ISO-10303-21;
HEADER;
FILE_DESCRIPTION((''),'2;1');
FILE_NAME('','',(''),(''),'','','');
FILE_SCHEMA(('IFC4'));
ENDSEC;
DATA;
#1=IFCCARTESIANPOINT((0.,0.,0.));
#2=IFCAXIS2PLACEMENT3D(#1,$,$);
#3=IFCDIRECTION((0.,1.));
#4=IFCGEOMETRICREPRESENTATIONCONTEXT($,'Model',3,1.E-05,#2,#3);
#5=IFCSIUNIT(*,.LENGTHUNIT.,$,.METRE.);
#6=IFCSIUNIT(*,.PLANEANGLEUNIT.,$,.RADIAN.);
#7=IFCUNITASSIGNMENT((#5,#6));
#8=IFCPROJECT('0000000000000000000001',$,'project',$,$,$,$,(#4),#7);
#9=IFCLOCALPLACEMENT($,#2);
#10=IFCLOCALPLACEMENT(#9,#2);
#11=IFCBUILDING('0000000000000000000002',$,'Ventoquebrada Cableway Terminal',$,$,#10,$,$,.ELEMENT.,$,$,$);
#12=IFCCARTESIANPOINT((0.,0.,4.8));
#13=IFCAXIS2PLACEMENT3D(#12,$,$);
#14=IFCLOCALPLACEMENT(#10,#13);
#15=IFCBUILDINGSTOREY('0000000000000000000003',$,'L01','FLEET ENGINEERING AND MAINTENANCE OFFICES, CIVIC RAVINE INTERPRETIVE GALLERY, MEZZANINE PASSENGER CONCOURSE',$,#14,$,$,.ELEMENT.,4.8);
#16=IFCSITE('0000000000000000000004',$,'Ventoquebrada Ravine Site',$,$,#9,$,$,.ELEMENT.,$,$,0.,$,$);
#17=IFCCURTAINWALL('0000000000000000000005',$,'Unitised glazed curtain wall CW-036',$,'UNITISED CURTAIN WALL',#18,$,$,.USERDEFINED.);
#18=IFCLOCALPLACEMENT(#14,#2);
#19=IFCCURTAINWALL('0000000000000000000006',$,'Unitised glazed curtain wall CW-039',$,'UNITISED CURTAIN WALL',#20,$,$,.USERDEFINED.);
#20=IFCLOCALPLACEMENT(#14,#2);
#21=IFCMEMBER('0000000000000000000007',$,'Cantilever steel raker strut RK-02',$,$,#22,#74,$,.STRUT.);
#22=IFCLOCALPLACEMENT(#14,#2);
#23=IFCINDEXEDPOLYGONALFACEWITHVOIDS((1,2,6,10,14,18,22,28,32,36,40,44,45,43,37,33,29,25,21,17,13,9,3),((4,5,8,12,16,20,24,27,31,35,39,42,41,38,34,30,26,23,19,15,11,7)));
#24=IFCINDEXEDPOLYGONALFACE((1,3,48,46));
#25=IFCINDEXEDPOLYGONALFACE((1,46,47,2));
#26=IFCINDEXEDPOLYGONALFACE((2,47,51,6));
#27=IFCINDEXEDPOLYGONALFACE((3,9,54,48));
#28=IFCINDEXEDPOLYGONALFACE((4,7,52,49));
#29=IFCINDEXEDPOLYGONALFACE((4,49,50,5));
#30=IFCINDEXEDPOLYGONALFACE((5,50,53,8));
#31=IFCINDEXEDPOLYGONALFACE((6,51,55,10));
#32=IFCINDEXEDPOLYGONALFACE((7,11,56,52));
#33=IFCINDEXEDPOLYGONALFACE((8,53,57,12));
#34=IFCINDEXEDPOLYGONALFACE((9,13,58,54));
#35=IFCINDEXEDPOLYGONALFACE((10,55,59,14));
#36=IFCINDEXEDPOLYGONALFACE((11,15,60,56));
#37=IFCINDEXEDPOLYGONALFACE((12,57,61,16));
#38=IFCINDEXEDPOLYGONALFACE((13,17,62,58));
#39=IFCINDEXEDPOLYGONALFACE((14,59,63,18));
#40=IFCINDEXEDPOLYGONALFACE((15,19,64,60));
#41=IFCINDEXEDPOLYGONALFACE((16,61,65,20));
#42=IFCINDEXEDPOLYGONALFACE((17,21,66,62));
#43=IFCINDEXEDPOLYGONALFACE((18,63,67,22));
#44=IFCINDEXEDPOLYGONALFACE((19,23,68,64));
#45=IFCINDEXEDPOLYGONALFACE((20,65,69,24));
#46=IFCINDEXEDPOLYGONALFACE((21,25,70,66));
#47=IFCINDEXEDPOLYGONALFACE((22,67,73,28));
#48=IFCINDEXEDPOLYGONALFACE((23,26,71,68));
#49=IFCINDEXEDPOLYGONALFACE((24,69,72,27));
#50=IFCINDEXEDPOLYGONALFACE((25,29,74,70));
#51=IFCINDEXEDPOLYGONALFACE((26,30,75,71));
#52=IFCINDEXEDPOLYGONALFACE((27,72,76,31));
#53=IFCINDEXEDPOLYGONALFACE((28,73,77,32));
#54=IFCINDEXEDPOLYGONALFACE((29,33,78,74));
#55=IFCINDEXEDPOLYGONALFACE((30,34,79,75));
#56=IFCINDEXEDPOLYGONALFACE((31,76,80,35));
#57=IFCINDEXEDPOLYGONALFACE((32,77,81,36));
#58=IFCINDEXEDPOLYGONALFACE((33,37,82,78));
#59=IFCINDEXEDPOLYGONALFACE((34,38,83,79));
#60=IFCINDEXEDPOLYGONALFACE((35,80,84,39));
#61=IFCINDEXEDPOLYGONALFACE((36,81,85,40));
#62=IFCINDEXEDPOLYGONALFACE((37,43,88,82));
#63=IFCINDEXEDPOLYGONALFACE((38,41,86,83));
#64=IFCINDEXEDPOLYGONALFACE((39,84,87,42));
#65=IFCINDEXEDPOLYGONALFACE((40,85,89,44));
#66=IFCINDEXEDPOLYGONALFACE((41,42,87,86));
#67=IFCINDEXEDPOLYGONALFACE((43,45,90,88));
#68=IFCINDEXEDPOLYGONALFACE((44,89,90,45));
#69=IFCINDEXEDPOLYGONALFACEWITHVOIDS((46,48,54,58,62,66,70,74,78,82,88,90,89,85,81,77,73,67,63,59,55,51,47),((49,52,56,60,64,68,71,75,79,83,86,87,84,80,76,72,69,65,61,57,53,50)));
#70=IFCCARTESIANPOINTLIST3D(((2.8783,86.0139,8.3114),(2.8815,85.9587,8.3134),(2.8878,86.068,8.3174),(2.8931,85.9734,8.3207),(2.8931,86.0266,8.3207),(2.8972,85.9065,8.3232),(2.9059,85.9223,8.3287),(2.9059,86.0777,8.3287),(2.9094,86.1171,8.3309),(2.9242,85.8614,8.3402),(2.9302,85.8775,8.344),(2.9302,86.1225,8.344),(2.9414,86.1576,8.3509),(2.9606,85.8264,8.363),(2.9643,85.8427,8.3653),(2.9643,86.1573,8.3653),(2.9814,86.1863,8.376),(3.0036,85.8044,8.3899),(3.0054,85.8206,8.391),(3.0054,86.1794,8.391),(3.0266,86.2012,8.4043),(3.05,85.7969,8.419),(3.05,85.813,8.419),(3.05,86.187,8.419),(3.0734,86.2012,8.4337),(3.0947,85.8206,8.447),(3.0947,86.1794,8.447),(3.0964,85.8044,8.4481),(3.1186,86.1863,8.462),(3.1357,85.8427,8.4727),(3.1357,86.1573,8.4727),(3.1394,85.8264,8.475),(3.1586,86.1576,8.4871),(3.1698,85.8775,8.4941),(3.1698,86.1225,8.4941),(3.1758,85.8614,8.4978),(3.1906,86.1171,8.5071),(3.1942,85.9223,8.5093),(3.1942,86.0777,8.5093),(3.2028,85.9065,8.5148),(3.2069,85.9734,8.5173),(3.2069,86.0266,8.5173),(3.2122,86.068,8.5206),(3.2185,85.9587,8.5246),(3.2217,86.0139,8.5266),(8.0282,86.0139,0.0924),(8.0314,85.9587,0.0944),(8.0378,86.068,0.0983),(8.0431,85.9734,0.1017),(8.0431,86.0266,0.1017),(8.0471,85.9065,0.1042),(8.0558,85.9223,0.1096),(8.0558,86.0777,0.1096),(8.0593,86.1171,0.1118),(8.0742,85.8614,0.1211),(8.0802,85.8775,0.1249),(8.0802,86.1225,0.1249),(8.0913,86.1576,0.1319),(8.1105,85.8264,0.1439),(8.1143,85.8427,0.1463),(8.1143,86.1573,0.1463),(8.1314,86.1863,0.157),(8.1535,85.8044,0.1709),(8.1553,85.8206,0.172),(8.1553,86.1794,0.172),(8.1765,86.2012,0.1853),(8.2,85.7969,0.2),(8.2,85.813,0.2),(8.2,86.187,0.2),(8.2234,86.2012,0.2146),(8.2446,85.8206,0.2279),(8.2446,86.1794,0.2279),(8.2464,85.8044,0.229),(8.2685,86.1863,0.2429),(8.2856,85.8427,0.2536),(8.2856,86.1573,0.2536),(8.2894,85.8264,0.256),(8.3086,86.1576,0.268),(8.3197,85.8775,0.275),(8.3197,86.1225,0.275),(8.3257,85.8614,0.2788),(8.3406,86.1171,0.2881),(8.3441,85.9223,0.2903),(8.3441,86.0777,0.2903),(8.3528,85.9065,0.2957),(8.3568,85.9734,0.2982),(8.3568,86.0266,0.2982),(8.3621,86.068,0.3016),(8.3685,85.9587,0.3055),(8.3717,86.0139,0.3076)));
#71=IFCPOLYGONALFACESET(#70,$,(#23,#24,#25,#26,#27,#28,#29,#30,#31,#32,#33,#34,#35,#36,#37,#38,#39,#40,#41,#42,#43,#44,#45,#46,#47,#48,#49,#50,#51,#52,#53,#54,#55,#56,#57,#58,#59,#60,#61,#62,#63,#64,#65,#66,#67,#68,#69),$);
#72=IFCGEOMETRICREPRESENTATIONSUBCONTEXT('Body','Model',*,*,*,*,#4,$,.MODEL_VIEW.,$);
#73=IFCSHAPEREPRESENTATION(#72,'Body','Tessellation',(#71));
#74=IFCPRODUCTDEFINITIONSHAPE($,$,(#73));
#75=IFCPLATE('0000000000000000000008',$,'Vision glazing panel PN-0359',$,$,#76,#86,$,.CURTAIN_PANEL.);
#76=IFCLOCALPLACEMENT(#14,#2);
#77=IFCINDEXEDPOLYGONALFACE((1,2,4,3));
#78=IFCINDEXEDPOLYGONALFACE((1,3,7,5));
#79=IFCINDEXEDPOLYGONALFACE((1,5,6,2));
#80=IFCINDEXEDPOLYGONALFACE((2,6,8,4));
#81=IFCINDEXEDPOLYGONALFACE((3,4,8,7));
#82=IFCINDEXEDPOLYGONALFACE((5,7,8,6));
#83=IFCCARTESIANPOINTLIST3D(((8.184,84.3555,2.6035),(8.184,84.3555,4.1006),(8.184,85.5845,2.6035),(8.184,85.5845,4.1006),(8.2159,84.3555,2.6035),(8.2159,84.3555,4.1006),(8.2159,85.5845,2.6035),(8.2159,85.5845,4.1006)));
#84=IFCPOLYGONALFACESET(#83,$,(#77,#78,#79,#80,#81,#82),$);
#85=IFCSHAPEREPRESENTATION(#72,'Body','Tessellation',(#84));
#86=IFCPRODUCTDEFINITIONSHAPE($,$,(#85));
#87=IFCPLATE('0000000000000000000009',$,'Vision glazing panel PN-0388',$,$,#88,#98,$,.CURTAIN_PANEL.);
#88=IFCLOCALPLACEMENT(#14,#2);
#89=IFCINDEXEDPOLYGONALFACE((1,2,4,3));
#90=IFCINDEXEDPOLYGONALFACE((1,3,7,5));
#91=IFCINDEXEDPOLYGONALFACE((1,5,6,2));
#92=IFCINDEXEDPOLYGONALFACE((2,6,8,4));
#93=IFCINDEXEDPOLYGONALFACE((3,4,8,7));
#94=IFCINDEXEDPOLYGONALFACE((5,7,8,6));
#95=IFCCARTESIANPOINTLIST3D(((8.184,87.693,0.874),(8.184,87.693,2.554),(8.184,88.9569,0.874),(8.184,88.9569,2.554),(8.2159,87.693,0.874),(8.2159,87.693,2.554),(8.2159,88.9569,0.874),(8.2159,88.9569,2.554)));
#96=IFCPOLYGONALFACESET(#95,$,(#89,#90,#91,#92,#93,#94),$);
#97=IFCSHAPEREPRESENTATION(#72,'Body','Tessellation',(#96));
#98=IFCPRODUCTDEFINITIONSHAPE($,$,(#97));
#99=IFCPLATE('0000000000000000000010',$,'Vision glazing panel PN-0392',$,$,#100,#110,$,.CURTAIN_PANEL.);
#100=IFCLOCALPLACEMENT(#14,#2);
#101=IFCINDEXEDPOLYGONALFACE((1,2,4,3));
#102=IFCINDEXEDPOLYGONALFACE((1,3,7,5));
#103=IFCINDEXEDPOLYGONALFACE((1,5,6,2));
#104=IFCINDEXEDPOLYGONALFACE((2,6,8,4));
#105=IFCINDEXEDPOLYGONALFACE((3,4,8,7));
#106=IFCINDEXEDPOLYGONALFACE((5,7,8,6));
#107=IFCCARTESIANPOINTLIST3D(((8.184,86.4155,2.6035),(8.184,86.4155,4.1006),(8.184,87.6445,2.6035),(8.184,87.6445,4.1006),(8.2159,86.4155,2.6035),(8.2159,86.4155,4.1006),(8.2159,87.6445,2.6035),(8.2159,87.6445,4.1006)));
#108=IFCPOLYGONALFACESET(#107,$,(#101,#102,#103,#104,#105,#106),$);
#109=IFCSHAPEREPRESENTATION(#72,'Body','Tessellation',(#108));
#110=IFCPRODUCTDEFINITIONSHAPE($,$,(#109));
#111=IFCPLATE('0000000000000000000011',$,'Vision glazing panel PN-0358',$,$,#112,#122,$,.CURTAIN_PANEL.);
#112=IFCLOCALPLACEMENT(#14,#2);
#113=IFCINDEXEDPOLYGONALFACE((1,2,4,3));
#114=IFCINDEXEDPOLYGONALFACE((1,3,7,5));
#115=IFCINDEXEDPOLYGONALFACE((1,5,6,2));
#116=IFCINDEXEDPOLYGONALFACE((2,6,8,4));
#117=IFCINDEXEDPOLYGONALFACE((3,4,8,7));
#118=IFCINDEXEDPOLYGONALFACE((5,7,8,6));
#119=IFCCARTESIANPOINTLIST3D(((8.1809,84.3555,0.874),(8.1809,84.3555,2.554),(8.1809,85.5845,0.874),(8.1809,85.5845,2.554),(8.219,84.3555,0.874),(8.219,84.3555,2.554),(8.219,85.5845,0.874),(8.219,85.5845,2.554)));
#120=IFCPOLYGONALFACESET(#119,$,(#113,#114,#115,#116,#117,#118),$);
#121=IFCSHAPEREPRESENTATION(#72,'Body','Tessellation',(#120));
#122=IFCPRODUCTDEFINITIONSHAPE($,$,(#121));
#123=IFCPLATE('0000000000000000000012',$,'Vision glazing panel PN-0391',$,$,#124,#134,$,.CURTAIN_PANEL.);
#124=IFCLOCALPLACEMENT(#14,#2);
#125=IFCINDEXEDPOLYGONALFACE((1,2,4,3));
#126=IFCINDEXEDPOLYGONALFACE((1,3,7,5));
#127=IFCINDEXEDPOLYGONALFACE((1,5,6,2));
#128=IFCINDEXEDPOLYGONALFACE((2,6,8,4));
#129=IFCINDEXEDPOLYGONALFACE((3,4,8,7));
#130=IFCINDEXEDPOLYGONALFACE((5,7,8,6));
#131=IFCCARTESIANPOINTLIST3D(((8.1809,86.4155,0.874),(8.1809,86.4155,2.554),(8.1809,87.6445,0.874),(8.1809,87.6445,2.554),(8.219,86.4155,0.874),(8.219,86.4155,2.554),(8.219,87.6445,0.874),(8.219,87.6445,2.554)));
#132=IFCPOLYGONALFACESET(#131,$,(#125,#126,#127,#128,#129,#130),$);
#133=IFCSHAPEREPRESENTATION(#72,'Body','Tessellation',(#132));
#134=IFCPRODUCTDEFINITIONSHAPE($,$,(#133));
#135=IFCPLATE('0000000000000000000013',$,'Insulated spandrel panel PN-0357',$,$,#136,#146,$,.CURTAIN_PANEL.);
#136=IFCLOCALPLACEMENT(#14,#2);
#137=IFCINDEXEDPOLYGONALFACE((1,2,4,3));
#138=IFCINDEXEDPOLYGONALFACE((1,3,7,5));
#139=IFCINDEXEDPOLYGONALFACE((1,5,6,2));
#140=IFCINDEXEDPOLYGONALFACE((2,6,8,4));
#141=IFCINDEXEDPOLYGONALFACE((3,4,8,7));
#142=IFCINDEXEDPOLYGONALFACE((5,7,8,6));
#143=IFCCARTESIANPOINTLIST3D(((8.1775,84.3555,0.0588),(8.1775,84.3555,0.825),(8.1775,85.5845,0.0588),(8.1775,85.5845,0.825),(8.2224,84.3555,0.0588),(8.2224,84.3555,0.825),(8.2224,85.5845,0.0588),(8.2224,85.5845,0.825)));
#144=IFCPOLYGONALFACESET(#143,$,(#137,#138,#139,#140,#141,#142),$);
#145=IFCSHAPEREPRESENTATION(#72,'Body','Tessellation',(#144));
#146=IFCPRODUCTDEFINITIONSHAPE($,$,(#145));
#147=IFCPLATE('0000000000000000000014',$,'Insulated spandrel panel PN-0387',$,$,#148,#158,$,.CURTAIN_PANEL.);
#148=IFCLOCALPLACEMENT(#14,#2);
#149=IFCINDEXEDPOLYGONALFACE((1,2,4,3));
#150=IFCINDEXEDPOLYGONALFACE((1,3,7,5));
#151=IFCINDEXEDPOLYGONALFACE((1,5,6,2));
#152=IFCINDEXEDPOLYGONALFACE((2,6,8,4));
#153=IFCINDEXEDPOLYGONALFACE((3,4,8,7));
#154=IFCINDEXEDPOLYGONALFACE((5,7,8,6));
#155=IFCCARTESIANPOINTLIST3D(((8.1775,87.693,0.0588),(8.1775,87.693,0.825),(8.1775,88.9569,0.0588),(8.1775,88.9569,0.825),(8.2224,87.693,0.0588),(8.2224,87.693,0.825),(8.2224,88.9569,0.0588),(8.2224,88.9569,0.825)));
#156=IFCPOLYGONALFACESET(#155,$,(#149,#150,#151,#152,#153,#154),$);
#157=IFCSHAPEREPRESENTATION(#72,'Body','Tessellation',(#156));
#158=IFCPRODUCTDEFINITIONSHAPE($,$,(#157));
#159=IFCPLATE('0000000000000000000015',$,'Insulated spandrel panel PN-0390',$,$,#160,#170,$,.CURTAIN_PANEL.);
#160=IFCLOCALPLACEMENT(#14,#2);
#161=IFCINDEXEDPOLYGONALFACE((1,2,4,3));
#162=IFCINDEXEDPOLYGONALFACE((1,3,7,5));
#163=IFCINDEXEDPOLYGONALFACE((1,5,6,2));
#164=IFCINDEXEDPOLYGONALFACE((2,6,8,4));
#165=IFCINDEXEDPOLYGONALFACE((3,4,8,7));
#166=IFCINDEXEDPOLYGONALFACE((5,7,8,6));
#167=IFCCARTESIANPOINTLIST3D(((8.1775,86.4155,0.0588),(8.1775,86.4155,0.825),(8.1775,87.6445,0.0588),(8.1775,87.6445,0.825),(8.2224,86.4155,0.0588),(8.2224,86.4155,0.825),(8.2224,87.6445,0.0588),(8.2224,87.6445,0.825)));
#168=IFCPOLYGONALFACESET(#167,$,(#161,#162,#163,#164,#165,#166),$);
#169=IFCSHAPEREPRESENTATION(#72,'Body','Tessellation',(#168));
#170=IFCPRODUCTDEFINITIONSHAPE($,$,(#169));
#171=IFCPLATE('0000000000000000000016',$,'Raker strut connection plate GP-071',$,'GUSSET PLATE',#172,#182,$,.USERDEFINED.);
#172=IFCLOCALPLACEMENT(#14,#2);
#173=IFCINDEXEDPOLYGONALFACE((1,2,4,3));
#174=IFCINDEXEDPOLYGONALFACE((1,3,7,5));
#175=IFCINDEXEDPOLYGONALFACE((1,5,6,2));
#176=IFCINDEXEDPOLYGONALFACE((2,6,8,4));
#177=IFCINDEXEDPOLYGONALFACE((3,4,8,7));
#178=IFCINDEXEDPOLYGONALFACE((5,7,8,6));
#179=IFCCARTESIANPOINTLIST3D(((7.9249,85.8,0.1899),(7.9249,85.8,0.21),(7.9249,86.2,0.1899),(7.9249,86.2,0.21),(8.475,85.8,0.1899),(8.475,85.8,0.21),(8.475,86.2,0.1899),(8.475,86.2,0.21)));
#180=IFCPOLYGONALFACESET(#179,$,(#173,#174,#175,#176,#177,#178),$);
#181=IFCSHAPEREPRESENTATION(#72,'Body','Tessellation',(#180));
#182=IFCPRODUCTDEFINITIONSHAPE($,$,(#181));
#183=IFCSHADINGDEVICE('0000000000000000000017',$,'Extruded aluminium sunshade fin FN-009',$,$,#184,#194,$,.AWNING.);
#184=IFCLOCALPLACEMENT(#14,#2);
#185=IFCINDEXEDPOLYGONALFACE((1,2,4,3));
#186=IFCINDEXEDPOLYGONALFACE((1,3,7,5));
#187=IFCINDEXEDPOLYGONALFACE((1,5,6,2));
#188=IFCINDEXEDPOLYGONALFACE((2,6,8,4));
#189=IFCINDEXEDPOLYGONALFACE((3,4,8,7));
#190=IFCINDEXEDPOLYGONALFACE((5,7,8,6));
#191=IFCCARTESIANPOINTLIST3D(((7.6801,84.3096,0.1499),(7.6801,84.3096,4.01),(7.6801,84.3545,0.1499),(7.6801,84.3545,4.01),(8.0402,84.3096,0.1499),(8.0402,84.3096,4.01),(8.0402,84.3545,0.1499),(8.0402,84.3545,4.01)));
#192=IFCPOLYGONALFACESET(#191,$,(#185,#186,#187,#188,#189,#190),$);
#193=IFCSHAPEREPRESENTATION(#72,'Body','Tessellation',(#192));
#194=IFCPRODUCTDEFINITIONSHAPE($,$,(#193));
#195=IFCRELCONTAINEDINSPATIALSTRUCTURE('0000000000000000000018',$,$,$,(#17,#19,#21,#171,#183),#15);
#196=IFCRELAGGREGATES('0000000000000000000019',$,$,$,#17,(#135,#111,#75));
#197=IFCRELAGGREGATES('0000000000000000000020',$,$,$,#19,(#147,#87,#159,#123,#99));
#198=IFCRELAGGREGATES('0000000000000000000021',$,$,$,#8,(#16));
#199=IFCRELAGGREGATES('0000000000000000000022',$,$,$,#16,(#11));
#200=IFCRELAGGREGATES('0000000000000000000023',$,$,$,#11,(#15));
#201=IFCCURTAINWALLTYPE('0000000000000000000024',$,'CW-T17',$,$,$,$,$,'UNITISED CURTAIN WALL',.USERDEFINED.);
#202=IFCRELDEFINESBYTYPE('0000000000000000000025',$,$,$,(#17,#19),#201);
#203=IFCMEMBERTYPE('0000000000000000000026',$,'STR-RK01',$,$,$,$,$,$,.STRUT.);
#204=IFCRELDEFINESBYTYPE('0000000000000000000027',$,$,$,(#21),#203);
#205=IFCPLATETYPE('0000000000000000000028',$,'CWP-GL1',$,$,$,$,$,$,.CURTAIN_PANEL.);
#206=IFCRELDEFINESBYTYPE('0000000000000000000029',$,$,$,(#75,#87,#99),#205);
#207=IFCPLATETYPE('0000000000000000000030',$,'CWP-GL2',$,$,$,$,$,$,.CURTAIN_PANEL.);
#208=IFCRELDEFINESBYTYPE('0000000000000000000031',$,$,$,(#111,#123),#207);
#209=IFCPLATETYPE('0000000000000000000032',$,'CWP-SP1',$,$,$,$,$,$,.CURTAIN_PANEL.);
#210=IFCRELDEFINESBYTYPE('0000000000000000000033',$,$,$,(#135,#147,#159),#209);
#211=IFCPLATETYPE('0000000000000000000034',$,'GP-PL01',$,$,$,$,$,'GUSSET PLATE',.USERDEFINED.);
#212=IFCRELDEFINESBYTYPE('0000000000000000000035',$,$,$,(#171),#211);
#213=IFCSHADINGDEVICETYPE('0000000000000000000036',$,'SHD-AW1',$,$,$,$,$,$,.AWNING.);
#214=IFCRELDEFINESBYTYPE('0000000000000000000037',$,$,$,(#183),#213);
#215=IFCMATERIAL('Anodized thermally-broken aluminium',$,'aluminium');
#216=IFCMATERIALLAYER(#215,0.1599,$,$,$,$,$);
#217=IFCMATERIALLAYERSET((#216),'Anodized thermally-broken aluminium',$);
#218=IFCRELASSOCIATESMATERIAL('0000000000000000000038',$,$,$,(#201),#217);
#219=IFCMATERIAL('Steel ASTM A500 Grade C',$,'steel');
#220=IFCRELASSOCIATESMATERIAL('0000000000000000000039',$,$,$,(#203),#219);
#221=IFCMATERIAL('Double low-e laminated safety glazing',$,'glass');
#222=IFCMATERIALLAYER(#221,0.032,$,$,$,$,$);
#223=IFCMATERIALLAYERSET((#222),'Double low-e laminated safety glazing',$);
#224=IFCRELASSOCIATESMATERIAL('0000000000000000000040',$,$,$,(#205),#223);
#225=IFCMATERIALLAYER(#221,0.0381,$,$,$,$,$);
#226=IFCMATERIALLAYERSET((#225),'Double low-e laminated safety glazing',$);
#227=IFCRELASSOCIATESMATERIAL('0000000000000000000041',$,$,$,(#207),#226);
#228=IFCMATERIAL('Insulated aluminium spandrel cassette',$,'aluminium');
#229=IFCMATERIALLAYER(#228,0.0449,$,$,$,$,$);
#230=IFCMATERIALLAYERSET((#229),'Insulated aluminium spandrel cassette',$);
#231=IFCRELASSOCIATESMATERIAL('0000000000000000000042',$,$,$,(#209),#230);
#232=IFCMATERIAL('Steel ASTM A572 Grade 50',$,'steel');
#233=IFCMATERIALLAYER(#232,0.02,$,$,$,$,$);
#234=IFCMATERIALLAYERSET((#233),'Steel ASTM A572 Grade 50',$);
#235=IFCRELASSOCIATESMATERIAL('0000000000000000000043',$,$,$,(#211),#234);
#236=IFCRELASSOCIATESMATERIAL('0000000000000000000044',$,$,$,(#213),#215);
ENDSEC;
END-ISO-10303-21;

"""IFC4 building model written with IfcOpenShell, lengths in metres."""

from ifc_helpers import new_model, si_unit, direction, frame, origin, origin_2d, place, context, subcontext, project, spatial, rectangle, hollow_circle, extrude, material, layer, layer_set, material_profile, profile_set, type_object, element, aggregate, save


model = new_model("IFC4")

# Units and contexts
model_context = context("Model", 3, precision=1e-05, world=origin(), true_north=direction((0.0, 1.0)))
body_context = subcontext(model_context, "Body", "Model", "MODEL_VIEW")
ifc_project = project(units=[si_unit("LENGTHUNIT", "METRE"), si_unit("PLANEANGLEUNIT", "RADIAN")], contexts=[model_context])

# Site, building, storey
site_placement = place(None, origin())
site = spatial("IfcSite", under=ifc_project, at=site_placement, Name="Ventoquebrada Ravine Site", CompositionType="ELEMENT", RefElevation=0.0)
building_placement = place(site_placement, origin())
building = spatial("IfcBuilding", under=site, at=building_placement, Name="Ventoquebrada Cableway Terminal", CompositionType="ELEMENT")
storey_placement = place(building_placement, frame((0.0, 0.0, 4.8)))
storey = spatial("IfcBuildingStorey", under=building, at=storey_placement, Name="L01", Description="FLEET ENGINEERING AND MAINTENANCE OFFICES, CIVIC RAVINE INTERPRETIVE GALLERY, MEZZANINE PASSENGER CONCOURSE", CompositionType="ELEMENT", Elevation=4.8)

# Curtain walls
ifc_material_1 = material(Name="Anodized thermally-broken aluminium", Category="aluminium")
ifc_layer_1 = layer(ifc_material_1, 0.1599)
ifc_layer_set_1 = layer_set([ifc_layer_1], Name="Anodized thermally-broken aluminium")
curtain_wall_type = type_object("IfcCurtainWallType", Name="CW-T17", ElementType="UNITISED CURTAIN WALL", PredefinedType="USERDEFINED", material=ifc_layer_set_1)
curtain_wall_1_placement = place(storey_placement, origin())
curtain_wall_1 = element("IfcCurtainWall", 1, at=curtain_wall_1_placement, inside=storey, type_object=curtain_wall_type, Name="Unitised glazed curtain wall CW-036", ObjectType="UNITISED CURTAIN WALL", PredefinedType="USERDEFINED")
curtain_wall_2_placement = place(storey_placement, origin())
curtain_wall_2 = element("IfcCurtainWall", 2, at=curtain_wall_2_placement, inside=storey, type_object=curtain_wall_type, Name="Unitised glazed curtain wall CW-039", ObjectType="UNITISED CURTAIN WALL", PredefinedType="USERDEFINED")

# Shared definitions
ifc_material_2 = material(Name="Steel ASTM A500 Grade C", Category="steel")

# Member
ifc_material_profile_1 = material_profile(ifc_material_2, hollow_circle(Radius=0.2031, WallThickness=0.0161, at=origin_2d()), Name="CHS406.4X16")
ifc_profile_set_1 = profile_set([ifc_material_profile_1], Name="Steel ASTM A500 Grade C")
member_type_1 = type_object("IfcMemberType", Name="STR-RK01", PredefinedType="STRUT", material=ifc_profile_set_1)
member_1_placement = place(storey_placement, frame((8.2, 86.0, 0.2), z_axis=(-0.530965, 0.0, 0.847394), x_axis=(0.0, -1.0, 0.0)))
element("IfcMember", 3, at=member_1_placement, inside=storey, type_object=member_type_1, Name="Cantilever steel raker strut RK-02", PredefinedType="STRUT", context=body_context, shape_type="SweptSolid", body=[
    extrude(hollow_circle(Radius=0.2031, WallThickness=0.0161, at=origin_2d()), origin(), (0.0, 0.0, 1.0), 9.6992),
])

# Plates
ifc_material_3 = material(Name="Double low-e laminated safety glazing", Category="glass")
ifc_layer_2 = layer(ifc_material_3, 0.032)
ifc_layer_set_2 = layer_set([ifc_layer_2], Name="Double low-e laminated safety glazing")
plate_type_1 = type_object("IfcPlateType", Name="CWP-GL1", PredefinedType="CURTAIN_PANEL", material=ifc_layer_set_2)
plate_1_placement = place(storey_placement, frame((8.2, 84.97, 2.6035), z_axis=(0.0, 0.0, 1.0), x_axis=(0.0, -1.0, 0.0)))
plate_1 = element("IfcPlate", 4, at=plate_1_placement, type_object=plate_type_1, Name="Vision glazing panel PN-0359", PredefinedType="CURTAIN_PANEL", context=body_context, shape_type="SweptSolid", body=[
    extrude(rectangle(XDim=1.229, YDim=0.032, at=origin_2d()), origin(), (0.0, 0.0, 1.0), 1.4971),
])
plate_2_placement = place(storey_placement, frame((8.2, 88.325, 0.874), z_axis=(0.0, 0.0, 1.0), x_axis=(0.0, -1.0, 0.0)))
plate_2 = element("IfcPlate", 5, at=plate_2_placement, type_object=plate_type_1, Name="Vision glazing panel PN-0388", PredefinedType="CURTAIN_PANEL", context=body_context, shape_type="SweptSolid", body=[
    extrude(rectangle(XDim=1.2639, YDim=0.032, at=origin_2d()), origin(), (0.0, 0.0, 1.0), 1.6799),
])
plate_3_placement = place(storey_placement, frame((8.2, 87.03, 2.6035), z_axis=(0.0, 0.0, 1.0), x_axis=(0.0, -1.0, 0.0)))
plate_3 = element("IfcPlate", 6, at=plate_3_placement, type_object=plate_type_1, Name="Vision glazing panel PN-0392", PredefinedType="CURTAIN_PANEL", context=body_context, shape_type="SweptSolid", body=[
    extrude(rectangle(XDim=1.229, YDim=0.032, at=origin_2d()), origin(), (0.0, 0.0, 1.0), 1.4971),
])
ifc_layer_3 = layer(ifc_material_3, 0.0381)
ifc_layer_set_3 = layer_set([ifc_layer_3], Name="Double low-e laminated safety glazing")
plate_type_2 = type_object("IfcPlateType", Name="CWP-GL2", PredefinedType="CURTAIN_PANEL", material=ifc_layer_set_3)
plate_4_placement = place(storey_placement, frame((8.2, 84.97, 0.874), z_axis=(0.0, 0.0, 1.0), x_axis=(0.0, -1.0, 0.0)))
plate_4 = element("IfcPlate", 7, at=plate_4_placement, type_object=plate_type_2, Name="Vision glazing panel PN-0358", PredefinedType="CURTAIN_PANEL", context=body_context, shape_type="SweptSolid", body=[
    extrude(rectangle(XDim=1.229, YDim=0.0381, at=origin_2d()), origin(), (0.0, 0.0, 1.0), 1.6799),
])
plate_5_placement = place(storey_placement, frame((8.2, 87.03, 0.874), z_axis=(0.0, 0.0, 1.0), x_axis=(0.0, -1.0, 0.0)))
plate_5 = element("IfcPlate", 8, at=plate_5_placement, type_object=plate_type_2, Name="Vision glazing panel PN-0391", PredefinedType="CURTAIN_PANEL", context=body_context, shape_type="SweptSolid", body=[
    extrude(rectangle(XDim=1.229, YDim=0.0381, at=origin_2d()), origin(), (0.0, 0.0, 1.0), 1.6799),
])
ifc_material_4 = material(Name="Insulated aluminium spandrel cassette", Category="aluminium")
ifc_layer_4 = layer(ifc_material_4, 0.0449)
ifc_layer_set_4 = layer_set([ifc_layer_4], Name="Insulated aluminium spandrel cassette")
plate_type_3 = type_object("IfcPlateType", Name="CWP-SP1", PredefinedType="CURTAIN_PANEL", material=ifc_layer_set_4)
plate_6_placement = place(storey_placement, frame((8.2, 84.97, 0.0588), z_axis=(0.0, 0.0, 1.0), x_axis=(0.0, -1.0, 0.0)))
plate_6 = element("IfcPlate", 9, at=plate_6_placement, type_object=plate_type_3, Name="Insulated spandrel panel PN-0357", PredefinedType="CURTAIN_PANEL", context=body_context, shape_type="SweptSolid", body=[
    extrude(rectangle(XDim=1.229, YDim=0.0449, at=origin_2d()), origin(), (0.0, 0.0, 1.0), 0.7661),
])
aggregate(curtain_wall_1, [plate_6, plate_4, plate_1])
plate_7_placement = place(storey_placement, frame((8.2, 88.325, 0.0588), z_axis=(0.0, 0.0, 1.0), x_axis=(0.0, -1.0, 0.0)))
plate_7 = element("IfcPlate", 10, at=plate_7_placement, type_object=plate_type_3, Name="Insulated spandrel panel PN-0387", PredefinedType="CURTAIN_PANEL", context=body_context, shape_type="SweptSolid", body=[
    extrude(rectangle(XDim=1.2639, YDim=0.0449, at=origin_2d()), origin(), (0.0, 0.0, 1.0), 0.7661),
])
plate_8_placement = place(storey_placement, frame((8.2, 87.03, 0.0588), z_axis=(0.0, 0.0, 1.0), x_axis=(0.0, -1.0, 0.0)))
plate_8 = element("IfcPlate", 11, at=plate_8_placement, type_object=plate_type_3, Name="Insulated spandrel panel PN-0390", PredefinedType="CURTAIN_PANEL", context=body_context, shape_type="SweptSolid", body=[
    extrude(rectangle(XDim=1.229, YDim=0.0449, at=origin_2d()), origin(), (0.0, 0.0, 1.0), 0.7661),
])
aggregate(curtain_wall_2, [plate_7, plate_2, plate_8, plate_5, plate_3])
ifc_material_5 = material(Name="Steel ASTM A572 Grade 50", Category="steel")
ifc_layer_5 = layer(ifc_material_5, 0.02)
ifc_layer_set_5 = layer_set([ifc_layer_5], Name="Steel ASTM A572 Grade 50")
plate_type_4 = type_object("IfcPlateType", Name="GP-PL01", ElementType="GUSSET PLATE", PredefinedType="USERDEFINED", material=ifc_layer_set_5)
plate_9_placement = place(storey_placement, frame((8.2, 86.0, 0.1899), z_axis=(0.0, 0.0, 1.0), x_axis=(1.0, 0.0, 0.0)))
element("IfcPlate", 12, at=plate_9_placement, inside=storey, type_object=plate_type_4, Name="Raker strut connection plate GP-071", ObjectType="GUSSET PLATE", PredefinedType="USERDEFINED", context=body_context, shape_type="SweptSolid", body=[
    extrude(rectangle(XDim=0.55, YDim=0.3999, at=origin_2d()), origin(), (0.0, 0.0, 1.0), 0.02),
])

# Shading device
shading_device_type = type_object("IfcShadingDeviceType", Name="SHD-AW1", PredefinedType="AWNING", material=ifc_material_1)
for number, where, z_axis, x_axis, name in (
    (13, (7.8601, 84.332, 0.1499), (0.0, 0.0, 1.0), (0.0, -1.0, 0.0), "Extruded aluminium sunshade fin FN-009"),
):
    element("IfcShadingDevice", number, at=place(storey_placement, frame(where, z_axis=z_axis, x_axis=x_axis)), inside=storey, type_object=shading_device_type, Name=name, PredefinedType="AWNING", context=body_context, shape_type="SweptSolid", body=[
        extrude(rectangle(XDim=0.0449, YDim=0.3601, at=origin_2d()), origin(), (0.0, 0.0, 1.0), 3.8601),
    ])

save(model, "model.ifc")
